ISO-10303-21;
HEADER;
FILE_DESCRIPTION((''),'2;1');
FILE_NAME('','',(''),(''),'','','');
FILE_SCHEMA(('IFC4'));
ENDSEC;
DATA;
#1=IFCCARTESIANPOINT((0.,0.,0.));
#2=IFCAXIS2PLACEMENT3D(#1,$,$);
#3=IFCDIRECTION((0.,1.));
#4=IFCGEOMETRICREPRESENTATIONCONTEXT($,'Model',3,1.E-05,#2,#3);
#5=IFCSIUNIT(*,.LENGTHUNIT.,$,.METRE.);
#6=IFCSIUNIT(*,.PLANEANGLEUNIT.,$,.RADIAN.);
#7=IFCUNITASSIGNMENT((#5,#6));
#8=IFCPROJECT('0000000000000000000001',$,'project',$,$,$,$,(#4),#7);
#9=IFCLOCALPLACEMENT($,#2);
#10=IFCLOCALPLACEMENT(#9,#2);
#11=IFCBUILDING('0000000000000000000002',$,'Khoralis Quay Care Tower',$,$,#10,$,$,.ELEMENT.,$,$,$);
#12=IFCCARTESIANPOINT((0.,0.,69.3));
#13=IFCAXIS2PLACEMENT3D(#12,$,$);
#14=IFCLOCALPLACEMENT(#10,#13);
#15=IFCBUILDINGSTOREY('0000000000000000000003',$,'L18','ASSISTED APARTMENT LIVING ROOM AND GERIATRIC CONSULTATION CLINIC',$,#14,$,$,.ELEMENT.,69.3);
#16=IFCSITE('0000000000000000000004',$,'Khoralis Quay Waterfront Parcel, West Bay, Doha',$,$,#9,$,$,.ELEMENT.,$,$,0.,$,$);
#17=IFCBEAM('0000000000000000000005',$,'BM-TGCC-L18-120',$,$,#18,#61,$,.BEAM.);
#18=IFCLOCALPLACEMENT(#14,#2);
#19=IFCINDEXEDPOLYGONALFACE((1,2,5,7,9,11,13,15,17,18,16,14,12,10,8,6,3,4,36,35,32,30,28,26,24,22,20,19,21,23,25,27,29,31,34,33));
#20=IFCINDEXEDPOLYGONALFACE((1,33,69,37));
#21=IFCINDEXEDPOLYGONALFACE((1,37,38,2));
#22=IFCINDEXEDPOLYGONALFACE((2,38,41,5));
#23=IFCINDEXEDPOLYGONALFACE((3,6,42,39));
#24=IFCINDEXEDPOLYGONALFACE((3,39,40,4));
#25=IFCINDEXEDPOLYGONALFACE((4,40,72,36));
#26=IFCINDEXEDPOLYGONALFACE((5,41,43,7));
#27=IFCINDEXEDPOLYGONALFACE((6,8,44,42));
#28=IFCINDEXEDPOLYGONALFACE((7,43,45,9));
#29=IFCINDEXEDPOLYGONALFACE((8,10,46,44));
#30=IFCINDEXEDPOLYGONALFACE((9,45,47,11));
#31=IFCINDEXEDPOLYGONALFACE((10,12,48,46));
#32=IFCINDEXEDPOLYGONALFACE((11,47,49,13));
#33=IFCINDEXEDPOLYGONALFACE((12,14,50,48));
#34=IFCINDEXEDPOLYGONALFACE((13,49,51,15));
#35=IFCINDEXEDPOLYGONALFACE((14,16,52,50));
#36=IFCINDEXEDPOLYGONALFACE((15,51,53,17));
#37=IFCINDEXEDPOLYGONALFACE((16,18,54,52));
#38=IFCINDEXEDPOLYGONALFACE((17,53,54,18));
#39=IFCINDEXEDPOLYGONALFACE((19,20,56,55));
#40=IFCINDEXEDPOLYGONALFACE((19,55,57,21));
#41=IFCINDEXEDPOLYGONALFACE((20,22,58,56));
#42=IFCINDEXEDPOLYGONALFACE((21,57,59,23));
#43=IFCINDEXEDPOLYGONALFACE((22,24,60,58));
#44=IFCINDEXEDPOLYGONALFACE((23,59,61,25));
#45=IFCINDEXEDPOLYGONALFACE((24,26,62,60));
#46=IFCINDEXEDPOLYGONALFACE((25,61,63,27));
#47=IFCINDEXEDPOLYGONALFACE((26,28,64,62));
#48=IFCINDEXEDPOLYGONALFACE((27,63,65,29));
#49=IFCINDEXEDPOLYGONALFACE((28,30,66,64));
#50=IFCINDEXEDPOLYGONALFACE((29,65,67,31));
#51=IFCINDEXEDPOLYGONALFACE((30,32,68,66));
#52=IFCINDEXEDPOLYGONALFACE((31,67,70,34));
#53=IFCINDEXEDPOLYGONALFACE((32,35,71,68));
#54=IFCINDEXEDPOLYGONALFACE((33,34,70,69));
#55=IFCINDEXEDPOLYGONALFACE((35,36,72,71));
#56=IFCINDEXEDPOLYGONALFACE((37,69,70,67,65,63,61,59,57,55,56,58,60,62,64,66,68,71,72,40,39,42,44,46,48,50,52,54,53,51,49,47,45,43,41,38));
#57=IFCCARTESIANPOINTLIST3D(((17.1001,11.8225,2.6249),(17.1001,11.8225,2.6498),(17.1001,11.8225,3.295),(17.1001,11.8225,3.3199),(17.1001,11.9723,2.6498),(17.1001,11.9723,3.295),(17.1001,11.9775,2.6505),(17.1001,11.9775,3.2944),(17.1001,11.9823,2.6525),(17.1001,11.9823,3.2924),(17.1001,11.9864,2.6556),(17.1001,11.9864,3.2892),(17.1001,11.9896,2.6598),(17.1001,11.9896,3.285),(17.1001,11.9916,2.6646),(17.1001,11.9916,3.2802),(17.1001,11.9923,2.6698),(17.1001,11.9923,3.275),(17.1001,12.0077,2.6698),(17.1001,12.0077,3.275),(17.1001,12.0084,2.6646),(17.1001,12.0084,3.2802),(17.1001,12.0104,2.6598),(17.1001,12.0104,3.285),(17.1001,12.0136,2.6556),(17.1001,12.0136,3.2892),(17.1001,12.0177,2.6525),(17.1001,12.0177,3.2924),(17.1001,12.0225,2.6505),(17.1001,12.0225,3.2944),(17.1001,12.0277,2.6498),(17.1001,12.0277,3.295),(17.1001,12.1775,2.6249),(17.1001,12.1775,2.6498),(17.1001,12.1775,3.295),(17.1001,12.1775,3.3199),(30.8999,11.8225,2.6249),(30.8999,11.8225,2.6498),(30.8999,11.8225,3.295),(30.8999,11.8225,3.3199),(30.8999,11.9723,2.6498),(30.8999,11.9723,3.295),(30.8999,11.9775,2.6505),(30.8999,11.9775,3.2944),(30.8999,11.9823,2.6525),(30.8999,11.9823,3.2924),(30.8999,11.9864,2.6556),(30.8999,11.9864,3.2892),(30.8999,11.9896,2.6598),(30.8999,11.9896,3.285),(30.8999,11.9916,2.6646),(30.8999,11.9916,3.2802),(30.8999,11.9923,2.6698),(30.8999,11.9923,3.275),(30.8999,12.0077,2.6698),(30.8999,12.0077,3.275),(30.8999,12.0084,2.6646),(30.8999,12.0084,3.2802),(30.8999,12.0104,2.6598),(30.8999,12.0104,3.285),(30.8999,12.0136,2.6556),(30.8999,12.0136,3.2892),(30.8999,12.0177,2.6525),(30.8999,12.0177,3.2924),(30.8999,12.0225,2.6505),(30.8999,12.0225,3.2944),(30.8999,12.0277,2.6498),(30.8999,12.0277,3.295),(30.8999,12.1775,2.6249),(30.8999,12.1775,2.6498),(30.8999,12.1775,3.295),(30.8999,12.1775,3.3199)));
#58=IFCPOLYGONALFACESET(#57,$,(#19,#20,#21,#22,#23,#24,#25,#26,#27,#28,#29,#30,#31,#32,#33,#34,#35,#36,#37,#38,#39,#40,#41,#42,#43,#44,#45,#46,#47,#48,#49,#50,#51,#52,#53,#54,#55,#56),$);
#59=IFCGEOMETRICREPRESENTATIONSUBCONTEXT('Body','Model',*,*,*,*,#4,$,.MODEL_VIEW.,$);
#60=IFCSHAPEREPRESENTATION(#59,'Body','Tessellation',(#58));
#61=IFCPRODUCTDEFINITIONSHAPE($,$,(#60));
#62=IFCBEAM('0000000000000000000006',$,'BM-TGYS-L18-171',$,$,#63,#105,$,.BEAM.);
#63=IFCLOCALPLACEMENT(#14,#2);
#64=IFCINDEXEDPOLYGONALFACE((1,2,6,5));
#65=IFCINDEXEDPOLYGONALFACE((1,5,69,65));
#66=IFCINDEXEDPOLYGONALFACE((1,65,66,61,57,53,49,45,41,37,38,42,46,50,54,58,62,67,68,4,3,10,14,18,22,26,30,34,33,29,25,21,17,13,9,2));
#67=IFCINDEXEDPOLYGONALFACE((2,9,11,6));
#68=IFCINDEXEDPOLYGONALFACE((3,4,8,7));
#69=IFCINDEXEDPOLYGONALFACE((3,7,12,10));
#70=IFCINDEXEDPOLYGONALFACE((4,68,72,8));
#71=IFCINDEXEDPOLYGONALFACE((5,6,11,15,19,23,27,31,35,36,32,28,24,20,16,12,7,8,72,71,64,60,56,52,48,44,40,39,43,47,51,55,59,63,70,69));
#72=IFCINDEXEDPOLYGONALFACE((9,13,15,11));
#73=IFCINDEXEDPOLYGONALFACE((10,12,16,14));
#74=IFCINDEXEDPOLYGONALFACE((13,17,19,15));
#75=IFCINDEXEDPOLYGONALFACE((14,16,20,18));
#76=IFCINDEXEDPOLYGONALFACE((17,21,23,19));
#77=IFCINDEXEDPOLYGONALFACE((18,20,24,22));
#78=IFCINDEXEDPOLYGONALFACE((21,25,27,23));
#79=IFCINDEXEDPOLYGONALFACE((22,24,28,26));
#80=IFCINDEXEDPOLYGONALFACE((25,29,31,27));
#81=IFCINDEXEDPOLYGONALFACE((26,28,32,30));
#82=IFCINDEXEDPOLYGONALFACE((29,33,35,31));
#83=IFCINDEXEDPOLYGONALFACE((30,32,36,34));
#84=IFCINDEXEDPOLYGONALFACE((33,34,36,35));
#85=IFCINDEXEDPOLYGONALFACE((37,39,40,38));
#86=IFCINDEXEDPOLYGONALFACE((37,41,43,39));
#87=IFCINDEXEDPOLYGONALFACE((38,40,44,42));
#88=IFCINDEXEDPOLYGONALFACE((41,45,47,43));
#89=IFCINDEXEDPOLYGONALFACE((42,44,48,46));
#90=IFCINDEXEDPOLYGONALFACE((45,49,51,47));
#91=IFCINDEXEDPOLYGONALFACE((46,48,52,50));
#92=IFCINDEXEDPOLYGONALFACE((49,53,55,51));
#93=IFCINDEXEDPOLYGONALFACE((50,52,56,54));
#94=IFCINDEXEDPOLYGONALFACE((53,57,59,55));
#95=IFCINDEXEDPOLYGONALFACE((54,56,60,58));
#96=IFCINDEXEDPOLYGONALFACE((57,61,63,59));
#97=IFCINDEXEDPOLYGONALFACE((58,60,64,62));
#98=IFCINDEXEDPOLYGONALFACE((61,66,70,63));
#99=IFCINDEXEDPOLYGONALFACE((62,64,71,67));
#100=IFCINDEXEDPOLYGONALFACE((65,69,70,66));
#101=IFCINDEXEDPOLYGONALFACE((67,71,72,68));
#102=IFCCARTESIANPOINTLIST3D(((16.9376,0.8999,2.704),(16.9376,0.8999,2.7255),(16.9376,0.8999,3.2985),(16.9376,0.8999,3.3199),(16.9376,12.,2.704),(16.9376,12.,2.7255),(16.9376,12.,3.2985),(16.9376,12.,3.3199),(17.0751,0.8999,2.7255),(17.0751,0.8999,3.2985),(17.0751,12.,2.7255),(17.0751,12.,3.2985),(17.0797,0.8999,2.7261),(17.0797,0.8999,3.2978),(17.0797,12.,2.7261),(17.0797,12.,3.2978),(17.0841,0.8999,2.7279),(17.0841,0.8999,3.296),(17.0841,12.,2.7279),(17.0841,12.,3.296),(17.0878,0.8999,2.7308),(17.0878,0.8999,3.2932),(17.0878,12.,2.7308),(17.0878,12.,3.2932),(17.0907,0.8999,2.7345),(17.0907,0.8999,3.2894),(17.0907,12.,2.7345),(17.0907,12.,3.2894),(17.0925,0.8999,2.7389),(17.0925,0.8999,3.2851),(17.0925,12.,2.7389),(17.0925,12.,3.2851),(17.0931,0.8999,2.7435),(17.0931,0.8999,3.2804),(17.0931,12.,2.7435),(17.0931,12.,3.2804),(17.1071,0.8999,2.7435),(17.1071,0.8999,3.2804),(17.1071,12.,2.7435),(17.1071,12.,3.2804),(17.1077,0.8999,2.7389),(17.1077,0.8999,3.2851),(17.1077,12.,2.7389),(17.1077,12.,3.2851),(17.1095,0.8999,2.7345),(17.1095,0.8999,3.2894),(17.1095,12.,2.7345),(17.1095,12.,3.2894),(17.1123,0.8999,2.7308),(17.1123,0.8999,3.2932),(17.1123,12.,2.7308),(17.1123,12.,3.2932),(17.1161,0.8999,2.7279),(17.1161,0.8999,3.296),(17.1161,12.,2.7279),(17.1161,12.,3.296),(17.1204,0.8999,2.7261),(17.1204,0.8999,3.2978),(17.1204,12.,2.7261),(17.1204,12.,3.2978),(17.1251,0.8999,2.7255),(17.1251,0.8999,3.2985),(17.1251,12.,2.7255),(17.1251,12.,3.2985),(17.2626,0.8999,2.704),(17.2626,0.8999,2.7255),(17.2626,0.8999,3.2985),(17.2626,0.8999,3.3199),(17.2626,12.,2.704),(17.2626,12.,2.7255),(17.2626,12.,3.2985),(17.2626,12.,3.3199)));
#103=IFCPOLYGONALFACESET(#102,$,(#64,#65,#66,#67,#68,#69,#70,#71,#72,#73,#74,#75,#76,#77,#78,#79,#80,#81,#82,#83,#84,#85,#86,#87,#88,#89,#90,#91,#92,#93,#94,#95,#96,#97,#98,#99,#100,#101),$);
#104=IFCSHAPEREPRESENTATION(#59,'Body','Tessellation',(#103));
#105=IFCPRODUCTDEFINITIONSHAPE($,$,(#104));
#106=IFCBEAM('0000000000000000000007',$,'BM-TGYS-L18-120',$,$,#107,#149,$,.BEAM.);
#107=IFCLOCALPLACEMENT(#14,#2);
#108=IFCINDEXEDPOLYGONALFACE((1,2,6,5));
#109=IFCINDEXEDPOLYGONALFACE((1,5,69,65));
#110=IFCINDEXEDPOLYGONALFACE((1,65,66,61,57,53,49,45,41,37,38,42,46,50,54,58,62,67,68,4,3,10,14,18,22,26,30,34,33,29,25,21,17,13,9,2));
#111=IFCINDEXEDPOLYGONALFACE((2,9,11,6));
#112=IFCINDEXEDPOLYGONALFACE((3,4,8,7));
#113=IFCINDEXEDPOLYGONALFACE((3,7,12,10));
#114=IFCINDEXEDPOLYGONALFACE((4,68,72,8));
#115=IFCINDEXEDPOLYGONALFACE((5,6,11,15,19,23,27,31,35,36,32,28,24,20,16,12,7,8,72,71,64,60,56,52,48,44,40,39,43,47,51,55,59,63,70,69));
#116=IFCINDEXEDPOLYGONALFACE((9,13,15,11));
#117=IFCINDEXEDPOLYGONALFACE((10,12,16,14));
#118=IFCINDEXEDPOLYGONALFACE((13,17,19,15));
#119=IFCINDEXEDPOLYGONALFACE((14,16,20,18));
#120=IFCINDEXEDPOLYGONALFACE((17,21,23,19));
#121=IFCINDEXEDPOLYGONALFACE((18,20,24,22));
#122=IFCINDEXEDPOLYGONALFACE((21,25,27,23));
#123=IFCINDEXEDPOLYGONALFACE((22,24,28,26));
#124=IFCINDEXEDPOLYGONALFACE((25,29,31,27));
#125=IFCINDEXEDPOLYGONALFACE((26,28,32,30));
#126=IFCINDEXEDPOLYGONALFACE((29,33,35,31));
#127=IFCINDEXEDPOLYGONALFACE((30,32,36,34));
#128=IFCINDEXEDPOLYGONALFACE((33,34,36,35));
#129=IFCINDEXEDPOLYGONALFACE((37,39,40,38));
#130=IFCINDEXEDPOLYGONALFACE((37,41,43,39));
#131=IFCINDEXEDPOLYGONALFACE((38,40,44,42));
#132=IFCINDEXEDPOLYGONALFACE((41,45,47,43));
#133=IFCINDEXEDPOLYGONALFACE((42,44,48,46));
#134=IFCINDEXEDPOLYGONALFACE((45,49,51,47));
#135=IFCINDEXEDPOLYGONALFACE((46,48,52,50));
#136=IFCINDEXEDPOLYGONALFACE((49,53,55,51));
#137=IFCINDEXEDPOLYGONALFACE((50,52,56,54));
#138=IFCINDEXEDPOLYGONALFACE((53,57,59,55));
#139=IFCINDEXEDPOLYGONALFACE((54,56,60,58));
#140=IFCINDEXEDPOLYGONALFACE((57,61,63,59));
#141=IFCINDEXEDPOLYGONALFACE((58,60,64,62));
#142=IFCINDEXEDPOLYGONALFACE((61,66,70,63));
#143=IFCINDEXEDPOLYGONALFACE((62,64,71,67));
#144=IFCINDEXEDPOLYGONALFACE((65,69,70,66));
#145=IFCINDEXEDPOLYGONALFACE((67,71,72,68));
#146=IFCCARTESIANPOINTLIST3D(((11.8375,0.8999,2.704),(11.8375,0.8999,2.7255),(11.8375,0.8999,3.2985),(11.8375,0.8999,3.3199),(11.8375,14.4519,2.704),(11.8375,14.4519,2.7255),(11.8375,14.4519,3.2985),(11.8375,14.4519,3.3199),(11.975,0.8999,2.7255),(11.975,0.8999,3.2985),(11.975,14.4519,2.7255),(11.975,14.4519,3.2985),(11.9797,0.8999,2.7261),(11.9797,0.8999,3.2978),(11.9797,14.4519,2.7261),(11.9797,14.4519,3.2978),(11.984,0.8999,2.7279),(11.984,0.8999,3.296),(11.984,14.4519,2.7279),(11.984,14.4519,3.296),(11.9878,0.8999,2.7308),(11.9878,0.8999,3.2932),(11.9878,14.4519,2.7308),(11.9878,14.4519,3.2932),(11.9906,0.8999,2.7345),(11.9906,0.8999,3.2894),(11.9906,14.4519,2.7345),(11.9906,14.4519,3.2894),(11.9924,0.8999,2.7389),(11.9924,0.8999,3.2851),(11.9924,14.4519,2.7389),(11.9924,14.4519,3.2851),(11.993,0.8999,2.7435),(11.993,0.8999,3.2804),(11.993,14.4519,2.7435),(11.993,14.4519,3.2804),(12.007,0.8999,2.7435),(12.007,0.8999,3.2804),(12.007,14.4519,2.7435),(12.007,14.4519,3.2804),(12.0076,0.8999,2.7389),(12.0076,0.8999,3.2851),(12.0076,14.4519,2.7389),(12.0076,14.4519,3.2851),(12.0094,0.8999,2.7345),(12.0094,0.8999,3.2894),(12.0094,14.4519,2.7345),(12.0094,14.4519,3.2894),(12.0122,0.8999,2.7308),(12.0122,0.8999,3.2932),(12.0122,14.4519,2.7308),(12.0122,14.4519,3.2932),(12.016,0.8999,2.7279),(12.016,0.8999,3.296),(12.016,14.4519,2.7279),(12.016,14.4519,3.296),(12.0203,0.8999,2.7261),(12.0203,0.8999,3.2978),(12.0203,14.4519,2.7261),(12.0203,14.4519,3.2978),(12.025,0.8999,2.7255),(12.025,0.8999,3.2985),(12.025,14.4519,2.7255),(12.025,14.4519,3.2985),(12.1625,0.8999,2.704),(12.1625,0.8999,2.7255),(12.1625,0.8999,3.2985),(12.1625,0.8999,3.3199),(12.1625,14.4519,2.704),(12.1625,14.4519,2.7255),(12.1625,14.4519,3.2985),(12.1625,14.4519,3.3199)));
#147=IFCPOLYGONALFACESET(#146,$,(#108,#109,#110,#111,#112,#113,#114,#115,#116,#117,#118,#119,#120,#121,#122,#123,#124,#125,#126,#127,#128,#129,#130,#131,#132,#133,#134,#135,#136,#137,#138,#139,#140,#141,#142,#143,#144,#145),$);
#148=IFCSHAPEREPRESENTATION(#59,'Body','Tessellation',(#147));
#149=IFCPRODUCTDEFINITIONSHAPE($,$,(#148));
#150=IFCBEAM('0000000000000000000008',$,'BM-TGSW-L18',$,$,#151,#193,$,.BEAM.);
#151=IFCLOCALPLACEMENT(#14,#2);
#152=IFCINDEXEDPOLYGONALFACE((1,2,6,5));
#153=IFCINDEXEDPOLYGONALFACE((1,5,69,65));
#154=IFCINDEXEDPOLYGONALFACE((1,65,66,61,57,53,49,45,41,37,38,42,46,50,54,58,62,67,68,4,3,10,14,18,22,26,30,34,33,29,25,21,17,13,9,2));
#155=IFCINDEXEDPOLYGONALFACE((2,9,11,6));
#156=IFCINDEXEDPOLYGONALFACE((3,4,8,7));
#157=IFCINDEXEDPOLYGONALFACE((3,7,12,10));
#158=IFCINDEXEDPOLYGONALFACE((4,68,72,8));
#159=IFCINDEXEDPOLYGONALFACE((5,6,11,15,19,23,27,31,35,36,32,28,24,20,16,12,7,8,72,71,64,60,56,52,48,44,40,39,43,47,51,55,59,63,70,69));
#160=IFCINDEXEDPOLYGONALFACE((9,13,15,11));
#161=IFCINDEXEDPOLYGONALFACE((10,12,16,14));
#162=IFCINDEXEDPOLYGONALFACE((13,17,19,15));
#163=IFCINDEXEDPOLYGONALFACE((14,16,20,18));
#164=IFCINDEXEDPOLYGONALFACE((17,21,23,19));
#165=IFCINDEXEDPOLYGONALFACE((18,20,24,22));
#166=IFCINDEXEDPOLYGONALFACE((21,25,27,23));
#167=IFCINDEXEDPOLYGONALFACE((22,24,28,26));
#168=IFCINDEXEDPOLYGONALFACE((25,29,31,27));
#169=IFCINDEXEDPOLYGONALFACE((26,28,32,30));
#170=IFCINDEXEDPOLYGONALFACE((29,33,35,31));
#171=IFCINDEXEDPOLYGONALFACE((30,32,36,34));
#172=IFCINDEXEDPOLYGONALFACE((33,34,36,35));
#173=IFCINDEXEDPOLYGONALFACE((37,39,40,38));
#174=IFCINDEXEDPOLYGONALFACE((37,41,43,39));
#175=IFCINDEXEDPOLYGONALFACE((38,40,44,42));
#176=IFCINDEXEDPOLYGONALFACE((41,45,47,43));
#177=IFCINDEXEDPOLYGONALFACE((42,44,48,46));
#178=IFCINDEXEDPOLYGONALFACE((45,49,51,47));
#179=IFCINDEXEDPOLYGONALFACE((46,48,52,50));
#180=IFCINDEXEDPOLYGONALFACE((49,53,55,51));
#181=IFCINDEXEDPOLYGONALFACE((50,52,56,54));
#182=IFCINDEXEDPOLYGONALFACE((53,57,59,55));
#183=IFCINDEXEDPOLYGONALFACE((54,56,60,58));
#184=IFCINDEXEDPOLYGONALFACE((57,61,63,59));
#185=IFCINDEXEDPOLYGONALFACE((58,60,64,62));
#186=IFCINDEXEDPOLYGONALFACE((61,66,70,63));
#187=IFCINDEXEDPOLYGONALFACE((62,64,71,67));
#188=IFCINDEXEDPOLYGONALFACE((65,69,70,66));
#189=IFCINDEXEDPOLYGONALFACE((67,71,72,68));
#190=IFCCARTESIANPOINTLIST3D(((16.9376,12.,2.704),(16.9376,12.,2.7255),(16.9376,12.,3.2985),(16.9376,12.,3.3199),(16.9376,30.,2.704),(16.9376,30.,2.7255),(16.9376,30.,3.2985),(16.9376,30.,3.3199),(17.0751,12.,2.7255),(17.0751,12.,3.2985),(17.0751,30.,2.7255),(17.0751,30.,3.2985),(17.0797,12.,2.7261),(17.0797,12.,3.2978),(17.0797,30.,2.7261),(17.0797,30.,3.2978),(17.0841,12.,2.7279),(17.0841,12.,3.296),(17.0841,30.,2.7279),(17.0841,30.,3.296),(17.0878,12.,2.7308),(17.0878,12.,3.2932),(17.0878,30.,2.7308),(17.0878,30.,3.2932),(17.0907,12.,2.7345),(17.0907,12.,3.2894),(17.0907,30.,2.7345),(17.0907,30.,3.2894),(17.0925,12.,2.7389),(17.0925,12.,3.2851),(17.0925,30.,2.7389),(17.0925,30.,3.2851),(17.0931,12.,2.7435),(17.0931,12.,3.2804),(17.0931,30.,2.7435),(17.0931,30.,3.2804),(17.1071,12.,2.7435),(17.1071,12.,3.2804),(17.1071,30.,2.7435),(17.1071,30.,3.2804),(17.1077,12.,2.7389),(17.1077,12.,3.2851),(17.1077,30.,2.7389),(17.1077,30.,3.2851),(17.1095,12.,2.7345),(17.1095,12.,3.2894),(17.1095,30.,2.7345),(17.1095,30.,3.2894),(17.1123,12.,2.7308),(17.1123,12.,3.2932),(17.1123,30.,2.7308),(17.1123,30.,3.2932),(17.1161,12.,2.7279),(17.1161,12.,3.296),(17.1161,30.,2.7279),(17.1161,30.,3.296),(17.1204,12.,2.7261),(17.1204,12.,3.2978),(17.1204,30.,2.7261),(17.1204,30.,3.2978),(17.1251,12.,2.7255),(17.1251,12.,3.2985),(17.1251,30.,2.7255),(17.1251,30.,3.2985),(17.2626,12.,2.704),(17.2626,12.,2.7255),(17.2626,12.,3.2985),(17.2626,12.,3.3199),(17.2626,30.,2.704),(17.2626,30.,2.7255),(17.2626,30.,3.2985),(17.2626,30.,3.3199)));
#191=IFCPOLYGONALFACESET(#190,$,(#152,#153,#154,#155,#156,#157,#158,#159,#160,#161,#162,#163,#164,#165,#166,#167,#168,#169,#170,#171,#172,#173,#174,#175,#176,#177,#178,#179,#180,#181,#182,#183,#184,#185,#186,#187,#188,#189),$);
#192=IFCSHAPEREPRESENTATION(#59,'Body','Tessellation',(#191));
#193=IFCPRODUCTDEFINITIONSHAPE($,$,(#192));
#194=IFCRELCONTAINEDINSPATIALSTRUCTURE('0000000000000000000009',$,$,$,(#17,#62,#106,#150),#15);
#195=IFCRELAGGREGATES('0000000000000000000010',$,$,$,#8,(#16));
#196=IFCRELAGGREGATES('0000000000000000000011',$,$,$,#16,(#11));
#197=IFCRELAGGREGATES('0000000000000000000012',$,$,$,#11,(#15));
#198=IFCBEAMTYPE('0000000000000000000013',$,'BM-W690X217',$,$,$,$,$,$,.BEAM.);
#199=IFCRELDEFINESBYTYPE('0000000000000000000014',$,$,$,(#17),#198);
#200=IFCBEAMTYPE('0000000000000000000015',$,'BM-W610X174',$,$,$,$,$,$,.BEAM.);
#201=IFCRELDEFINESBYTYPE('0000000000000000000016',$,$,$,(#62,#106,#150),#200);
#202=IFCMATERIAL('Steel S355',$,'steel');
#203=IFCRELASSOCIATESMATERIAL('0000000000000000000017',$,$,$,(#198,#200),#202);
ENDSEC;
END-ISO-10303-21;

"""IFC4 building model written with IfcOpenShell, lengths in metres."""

from ifc_helpers import new_model, si_unit, direction, frame, origin, origin_2d, place, context, subcontext, project, spatial, i_section, extrude, source, transform, mapped, material, material_profile, profile_set, type_object, element, save


model = new_model("IFC4")

# Units and contexts
model_context = context("Model", 3, precision=1e-05, world=origin(), true_north=direction((0.0, 1.0)))
body_context = subcontext(model_context, "Body", "Model", "MODEL_VIEW")
ifc_project = project(units=[si_unit("LENGTHUNIT", "METRE"), si_unit("PLANEANGLEUNIT", "RADIAN")], contexts=[model_context])

# Site, building, storey
site_placement = place(None, origin())
site = spatial("IfcSite", under=ifc_project, at=site_placement, Name="Khoralis Quay Waterfront Parcel, West Bay, Doha", CompositionType="ELEMENT", RefElevation=0.0)
building_placement = place(site_placement, origin())
building = spatial("IfcBuilding", under=site, at=building_placement, Name="Khoralis Quay Care Tower", CompositionType="ELEMENT")
storey_placement = place(building_placement, frame((0.0, 0.0, 69.3)))
storey = spatial("IfcBuildingStorey", under=building, at=storey_placement, Name="L18", Description="ASSISTED APARTMENT LIVING ROOM AND GERIATRIC CONSULTATION CLINIC", CompositionType="ELEMENT", Elevation=69.3)

# Beams
ifc_material_1 = material(Name="Steel S355", Category="steel")
ifc_material_profile_1 = material_profile(ifc_material_1, i_section(OverallWidth=0.355, OverallDepth=0.6951, WebThickness=0.0154, FlangeThickness=0.0249, FilletRadius=0.02, at=origin_2d()), Name="Steel S355")
ifc_profile_set_1 = profile_set([ifc_material_profile_1], Name="Steel S355")
beam_type_1 = type_object("IfcBeamType", Name="BM-W690X217", PredefinedType="BEAM", material=ifc_profile_set_1)
shared_shape_1 = source(origin(), body_context, "Body", "SweptSolid", [
    extrude(i_section(OverallWidth=0.355, OverallDepth=0.6951, WebThickness=0.0154, FlangeThickness=0.0249, FilletRadius=0.02, at=origin_2d()), origin(), (0.0, 0.0, 1.0), 13.7998),
])
beam_1_placement = place(storey_placement, frame((17.1001, 12.0, 2.9724), z_axis=(1.0, 0.0, 0.0), x_axis=(0.0, 1.0, 0.0)))
element("IfcBeam", 1, at=beam_1_placement, inside=storey, type_object=beam_type_1, Name="BM-TGCC-L18-120", PredefinedType="BEAM", context=body_context, shape_type="MappedRepresentation", body=[
    mapped(shared_shape_1, transform((0.0, 0.0, 0.0), scale=1.0)),
])
ifc_material_profile_2 = material_profile(ifc_material_1, i_section(OverallWidth=0.325, OverallDepth=0.616, WebThickness=0.0139, FlangeThickness=0.0215, FilletRadius=0.0181, at=origin_2d()), Name="Steel S355")
ifc_profile_set_2 = profile_set([ifc_material_profile_2], Name="Steel S355")
beam_type_2 = type_object("IfcBeamType", Name="BM-W610X174", PredefinedType="BEAM", material=ifc_profile_set_2)
shared_shape_2 = source(origin(), body_context, "Body", "SweptSolid", [
    extrude(i_section(OverallWidth=0.325, OverallDepth=0.616, WebThickness=0.0139, FlangeThickness=0.0215, FilletRadius=0.0181, at=origin_2d()), origin(), (0.0, 0.0, 1.0), 11.1001),
])
beam_2_placement = place(storey_placement, frame((17.1001, 0.8999, 3.012), z_axis=(0.0, 1.0, 0.0), x_axis=(-1.0, 0.0, 0.0)))
element("IfcBeam", 2, at=beam_2_placement, inside=storey, type_object=beam_type_2, Name="BM-TGYS-L18-171", PredefinedType="BEAM", context=body_context, shape_type="MappedRepresentation", body=[
    mapped(shared_shape_2, transform((0.0, 0.0, 0.0), scale=1.0)),
])
shared_shape_3 = source(origin(), body_context, "Body", "SweptSolid", [
    extrude(i_section(OverallWidth=0.325, OverallDepth=0.616, WebThickness=0.0139, FlangeThickness=0.0215, FilletRadius=0.0181, at=origin_2d()), origin(), (0.0, 0.0, 1.0), 13.552),
])
beam_3_placement = place(storey_placement, frame((12.0, 0.8999, 3.012), z_axis=(0.0, 1.0, 0.0), x_axis=(-1.0, 0.0, 0.0)))
element("IfcBeam", 3, at=beam_3_placement, inside=storey, type_object=beam_type_2, Name="BM-TGYS-L18-120", PredefinedType="BEAM", context=body_context, shape_type="MappedRepresentation", body=[
    mapped(shared_shape_3, transform((0.0, 0.0, 0.0), scale=1.0)),
])
shared_shape_4 = source(origin(), body_context, "Body", "SweptSolid", [
    extrude(i_section(OverallWidth=0.325, OverallDepth=0.616, WebThickness=0.0139, FlangeThickness=0.0215, FilletRadius=0.0181, at=origin_2d()), origin(), (0.0, 0.0, 1.0), 18.0),
])
beam_4_placement = place(storey_placement, frame((17.1001, 12.0, 3.012), z_axis=(0.0, 1.0, 0.0), x_axis=(-1.0, 0.0, 0.0)))
element("IfcBeam", 4, at=beam_4_placement, inside=storey, type_object=beam_type_2, Name="BM-TGSW-L18", PredefinedType="BEAM", context=body_context, shape_type="MappedRepresentation", body=[
    mapped(shared_shape_4, transform((0.0, 0.0, 0.0), scale=1.0)),
])

save(model, "model.ifc")
